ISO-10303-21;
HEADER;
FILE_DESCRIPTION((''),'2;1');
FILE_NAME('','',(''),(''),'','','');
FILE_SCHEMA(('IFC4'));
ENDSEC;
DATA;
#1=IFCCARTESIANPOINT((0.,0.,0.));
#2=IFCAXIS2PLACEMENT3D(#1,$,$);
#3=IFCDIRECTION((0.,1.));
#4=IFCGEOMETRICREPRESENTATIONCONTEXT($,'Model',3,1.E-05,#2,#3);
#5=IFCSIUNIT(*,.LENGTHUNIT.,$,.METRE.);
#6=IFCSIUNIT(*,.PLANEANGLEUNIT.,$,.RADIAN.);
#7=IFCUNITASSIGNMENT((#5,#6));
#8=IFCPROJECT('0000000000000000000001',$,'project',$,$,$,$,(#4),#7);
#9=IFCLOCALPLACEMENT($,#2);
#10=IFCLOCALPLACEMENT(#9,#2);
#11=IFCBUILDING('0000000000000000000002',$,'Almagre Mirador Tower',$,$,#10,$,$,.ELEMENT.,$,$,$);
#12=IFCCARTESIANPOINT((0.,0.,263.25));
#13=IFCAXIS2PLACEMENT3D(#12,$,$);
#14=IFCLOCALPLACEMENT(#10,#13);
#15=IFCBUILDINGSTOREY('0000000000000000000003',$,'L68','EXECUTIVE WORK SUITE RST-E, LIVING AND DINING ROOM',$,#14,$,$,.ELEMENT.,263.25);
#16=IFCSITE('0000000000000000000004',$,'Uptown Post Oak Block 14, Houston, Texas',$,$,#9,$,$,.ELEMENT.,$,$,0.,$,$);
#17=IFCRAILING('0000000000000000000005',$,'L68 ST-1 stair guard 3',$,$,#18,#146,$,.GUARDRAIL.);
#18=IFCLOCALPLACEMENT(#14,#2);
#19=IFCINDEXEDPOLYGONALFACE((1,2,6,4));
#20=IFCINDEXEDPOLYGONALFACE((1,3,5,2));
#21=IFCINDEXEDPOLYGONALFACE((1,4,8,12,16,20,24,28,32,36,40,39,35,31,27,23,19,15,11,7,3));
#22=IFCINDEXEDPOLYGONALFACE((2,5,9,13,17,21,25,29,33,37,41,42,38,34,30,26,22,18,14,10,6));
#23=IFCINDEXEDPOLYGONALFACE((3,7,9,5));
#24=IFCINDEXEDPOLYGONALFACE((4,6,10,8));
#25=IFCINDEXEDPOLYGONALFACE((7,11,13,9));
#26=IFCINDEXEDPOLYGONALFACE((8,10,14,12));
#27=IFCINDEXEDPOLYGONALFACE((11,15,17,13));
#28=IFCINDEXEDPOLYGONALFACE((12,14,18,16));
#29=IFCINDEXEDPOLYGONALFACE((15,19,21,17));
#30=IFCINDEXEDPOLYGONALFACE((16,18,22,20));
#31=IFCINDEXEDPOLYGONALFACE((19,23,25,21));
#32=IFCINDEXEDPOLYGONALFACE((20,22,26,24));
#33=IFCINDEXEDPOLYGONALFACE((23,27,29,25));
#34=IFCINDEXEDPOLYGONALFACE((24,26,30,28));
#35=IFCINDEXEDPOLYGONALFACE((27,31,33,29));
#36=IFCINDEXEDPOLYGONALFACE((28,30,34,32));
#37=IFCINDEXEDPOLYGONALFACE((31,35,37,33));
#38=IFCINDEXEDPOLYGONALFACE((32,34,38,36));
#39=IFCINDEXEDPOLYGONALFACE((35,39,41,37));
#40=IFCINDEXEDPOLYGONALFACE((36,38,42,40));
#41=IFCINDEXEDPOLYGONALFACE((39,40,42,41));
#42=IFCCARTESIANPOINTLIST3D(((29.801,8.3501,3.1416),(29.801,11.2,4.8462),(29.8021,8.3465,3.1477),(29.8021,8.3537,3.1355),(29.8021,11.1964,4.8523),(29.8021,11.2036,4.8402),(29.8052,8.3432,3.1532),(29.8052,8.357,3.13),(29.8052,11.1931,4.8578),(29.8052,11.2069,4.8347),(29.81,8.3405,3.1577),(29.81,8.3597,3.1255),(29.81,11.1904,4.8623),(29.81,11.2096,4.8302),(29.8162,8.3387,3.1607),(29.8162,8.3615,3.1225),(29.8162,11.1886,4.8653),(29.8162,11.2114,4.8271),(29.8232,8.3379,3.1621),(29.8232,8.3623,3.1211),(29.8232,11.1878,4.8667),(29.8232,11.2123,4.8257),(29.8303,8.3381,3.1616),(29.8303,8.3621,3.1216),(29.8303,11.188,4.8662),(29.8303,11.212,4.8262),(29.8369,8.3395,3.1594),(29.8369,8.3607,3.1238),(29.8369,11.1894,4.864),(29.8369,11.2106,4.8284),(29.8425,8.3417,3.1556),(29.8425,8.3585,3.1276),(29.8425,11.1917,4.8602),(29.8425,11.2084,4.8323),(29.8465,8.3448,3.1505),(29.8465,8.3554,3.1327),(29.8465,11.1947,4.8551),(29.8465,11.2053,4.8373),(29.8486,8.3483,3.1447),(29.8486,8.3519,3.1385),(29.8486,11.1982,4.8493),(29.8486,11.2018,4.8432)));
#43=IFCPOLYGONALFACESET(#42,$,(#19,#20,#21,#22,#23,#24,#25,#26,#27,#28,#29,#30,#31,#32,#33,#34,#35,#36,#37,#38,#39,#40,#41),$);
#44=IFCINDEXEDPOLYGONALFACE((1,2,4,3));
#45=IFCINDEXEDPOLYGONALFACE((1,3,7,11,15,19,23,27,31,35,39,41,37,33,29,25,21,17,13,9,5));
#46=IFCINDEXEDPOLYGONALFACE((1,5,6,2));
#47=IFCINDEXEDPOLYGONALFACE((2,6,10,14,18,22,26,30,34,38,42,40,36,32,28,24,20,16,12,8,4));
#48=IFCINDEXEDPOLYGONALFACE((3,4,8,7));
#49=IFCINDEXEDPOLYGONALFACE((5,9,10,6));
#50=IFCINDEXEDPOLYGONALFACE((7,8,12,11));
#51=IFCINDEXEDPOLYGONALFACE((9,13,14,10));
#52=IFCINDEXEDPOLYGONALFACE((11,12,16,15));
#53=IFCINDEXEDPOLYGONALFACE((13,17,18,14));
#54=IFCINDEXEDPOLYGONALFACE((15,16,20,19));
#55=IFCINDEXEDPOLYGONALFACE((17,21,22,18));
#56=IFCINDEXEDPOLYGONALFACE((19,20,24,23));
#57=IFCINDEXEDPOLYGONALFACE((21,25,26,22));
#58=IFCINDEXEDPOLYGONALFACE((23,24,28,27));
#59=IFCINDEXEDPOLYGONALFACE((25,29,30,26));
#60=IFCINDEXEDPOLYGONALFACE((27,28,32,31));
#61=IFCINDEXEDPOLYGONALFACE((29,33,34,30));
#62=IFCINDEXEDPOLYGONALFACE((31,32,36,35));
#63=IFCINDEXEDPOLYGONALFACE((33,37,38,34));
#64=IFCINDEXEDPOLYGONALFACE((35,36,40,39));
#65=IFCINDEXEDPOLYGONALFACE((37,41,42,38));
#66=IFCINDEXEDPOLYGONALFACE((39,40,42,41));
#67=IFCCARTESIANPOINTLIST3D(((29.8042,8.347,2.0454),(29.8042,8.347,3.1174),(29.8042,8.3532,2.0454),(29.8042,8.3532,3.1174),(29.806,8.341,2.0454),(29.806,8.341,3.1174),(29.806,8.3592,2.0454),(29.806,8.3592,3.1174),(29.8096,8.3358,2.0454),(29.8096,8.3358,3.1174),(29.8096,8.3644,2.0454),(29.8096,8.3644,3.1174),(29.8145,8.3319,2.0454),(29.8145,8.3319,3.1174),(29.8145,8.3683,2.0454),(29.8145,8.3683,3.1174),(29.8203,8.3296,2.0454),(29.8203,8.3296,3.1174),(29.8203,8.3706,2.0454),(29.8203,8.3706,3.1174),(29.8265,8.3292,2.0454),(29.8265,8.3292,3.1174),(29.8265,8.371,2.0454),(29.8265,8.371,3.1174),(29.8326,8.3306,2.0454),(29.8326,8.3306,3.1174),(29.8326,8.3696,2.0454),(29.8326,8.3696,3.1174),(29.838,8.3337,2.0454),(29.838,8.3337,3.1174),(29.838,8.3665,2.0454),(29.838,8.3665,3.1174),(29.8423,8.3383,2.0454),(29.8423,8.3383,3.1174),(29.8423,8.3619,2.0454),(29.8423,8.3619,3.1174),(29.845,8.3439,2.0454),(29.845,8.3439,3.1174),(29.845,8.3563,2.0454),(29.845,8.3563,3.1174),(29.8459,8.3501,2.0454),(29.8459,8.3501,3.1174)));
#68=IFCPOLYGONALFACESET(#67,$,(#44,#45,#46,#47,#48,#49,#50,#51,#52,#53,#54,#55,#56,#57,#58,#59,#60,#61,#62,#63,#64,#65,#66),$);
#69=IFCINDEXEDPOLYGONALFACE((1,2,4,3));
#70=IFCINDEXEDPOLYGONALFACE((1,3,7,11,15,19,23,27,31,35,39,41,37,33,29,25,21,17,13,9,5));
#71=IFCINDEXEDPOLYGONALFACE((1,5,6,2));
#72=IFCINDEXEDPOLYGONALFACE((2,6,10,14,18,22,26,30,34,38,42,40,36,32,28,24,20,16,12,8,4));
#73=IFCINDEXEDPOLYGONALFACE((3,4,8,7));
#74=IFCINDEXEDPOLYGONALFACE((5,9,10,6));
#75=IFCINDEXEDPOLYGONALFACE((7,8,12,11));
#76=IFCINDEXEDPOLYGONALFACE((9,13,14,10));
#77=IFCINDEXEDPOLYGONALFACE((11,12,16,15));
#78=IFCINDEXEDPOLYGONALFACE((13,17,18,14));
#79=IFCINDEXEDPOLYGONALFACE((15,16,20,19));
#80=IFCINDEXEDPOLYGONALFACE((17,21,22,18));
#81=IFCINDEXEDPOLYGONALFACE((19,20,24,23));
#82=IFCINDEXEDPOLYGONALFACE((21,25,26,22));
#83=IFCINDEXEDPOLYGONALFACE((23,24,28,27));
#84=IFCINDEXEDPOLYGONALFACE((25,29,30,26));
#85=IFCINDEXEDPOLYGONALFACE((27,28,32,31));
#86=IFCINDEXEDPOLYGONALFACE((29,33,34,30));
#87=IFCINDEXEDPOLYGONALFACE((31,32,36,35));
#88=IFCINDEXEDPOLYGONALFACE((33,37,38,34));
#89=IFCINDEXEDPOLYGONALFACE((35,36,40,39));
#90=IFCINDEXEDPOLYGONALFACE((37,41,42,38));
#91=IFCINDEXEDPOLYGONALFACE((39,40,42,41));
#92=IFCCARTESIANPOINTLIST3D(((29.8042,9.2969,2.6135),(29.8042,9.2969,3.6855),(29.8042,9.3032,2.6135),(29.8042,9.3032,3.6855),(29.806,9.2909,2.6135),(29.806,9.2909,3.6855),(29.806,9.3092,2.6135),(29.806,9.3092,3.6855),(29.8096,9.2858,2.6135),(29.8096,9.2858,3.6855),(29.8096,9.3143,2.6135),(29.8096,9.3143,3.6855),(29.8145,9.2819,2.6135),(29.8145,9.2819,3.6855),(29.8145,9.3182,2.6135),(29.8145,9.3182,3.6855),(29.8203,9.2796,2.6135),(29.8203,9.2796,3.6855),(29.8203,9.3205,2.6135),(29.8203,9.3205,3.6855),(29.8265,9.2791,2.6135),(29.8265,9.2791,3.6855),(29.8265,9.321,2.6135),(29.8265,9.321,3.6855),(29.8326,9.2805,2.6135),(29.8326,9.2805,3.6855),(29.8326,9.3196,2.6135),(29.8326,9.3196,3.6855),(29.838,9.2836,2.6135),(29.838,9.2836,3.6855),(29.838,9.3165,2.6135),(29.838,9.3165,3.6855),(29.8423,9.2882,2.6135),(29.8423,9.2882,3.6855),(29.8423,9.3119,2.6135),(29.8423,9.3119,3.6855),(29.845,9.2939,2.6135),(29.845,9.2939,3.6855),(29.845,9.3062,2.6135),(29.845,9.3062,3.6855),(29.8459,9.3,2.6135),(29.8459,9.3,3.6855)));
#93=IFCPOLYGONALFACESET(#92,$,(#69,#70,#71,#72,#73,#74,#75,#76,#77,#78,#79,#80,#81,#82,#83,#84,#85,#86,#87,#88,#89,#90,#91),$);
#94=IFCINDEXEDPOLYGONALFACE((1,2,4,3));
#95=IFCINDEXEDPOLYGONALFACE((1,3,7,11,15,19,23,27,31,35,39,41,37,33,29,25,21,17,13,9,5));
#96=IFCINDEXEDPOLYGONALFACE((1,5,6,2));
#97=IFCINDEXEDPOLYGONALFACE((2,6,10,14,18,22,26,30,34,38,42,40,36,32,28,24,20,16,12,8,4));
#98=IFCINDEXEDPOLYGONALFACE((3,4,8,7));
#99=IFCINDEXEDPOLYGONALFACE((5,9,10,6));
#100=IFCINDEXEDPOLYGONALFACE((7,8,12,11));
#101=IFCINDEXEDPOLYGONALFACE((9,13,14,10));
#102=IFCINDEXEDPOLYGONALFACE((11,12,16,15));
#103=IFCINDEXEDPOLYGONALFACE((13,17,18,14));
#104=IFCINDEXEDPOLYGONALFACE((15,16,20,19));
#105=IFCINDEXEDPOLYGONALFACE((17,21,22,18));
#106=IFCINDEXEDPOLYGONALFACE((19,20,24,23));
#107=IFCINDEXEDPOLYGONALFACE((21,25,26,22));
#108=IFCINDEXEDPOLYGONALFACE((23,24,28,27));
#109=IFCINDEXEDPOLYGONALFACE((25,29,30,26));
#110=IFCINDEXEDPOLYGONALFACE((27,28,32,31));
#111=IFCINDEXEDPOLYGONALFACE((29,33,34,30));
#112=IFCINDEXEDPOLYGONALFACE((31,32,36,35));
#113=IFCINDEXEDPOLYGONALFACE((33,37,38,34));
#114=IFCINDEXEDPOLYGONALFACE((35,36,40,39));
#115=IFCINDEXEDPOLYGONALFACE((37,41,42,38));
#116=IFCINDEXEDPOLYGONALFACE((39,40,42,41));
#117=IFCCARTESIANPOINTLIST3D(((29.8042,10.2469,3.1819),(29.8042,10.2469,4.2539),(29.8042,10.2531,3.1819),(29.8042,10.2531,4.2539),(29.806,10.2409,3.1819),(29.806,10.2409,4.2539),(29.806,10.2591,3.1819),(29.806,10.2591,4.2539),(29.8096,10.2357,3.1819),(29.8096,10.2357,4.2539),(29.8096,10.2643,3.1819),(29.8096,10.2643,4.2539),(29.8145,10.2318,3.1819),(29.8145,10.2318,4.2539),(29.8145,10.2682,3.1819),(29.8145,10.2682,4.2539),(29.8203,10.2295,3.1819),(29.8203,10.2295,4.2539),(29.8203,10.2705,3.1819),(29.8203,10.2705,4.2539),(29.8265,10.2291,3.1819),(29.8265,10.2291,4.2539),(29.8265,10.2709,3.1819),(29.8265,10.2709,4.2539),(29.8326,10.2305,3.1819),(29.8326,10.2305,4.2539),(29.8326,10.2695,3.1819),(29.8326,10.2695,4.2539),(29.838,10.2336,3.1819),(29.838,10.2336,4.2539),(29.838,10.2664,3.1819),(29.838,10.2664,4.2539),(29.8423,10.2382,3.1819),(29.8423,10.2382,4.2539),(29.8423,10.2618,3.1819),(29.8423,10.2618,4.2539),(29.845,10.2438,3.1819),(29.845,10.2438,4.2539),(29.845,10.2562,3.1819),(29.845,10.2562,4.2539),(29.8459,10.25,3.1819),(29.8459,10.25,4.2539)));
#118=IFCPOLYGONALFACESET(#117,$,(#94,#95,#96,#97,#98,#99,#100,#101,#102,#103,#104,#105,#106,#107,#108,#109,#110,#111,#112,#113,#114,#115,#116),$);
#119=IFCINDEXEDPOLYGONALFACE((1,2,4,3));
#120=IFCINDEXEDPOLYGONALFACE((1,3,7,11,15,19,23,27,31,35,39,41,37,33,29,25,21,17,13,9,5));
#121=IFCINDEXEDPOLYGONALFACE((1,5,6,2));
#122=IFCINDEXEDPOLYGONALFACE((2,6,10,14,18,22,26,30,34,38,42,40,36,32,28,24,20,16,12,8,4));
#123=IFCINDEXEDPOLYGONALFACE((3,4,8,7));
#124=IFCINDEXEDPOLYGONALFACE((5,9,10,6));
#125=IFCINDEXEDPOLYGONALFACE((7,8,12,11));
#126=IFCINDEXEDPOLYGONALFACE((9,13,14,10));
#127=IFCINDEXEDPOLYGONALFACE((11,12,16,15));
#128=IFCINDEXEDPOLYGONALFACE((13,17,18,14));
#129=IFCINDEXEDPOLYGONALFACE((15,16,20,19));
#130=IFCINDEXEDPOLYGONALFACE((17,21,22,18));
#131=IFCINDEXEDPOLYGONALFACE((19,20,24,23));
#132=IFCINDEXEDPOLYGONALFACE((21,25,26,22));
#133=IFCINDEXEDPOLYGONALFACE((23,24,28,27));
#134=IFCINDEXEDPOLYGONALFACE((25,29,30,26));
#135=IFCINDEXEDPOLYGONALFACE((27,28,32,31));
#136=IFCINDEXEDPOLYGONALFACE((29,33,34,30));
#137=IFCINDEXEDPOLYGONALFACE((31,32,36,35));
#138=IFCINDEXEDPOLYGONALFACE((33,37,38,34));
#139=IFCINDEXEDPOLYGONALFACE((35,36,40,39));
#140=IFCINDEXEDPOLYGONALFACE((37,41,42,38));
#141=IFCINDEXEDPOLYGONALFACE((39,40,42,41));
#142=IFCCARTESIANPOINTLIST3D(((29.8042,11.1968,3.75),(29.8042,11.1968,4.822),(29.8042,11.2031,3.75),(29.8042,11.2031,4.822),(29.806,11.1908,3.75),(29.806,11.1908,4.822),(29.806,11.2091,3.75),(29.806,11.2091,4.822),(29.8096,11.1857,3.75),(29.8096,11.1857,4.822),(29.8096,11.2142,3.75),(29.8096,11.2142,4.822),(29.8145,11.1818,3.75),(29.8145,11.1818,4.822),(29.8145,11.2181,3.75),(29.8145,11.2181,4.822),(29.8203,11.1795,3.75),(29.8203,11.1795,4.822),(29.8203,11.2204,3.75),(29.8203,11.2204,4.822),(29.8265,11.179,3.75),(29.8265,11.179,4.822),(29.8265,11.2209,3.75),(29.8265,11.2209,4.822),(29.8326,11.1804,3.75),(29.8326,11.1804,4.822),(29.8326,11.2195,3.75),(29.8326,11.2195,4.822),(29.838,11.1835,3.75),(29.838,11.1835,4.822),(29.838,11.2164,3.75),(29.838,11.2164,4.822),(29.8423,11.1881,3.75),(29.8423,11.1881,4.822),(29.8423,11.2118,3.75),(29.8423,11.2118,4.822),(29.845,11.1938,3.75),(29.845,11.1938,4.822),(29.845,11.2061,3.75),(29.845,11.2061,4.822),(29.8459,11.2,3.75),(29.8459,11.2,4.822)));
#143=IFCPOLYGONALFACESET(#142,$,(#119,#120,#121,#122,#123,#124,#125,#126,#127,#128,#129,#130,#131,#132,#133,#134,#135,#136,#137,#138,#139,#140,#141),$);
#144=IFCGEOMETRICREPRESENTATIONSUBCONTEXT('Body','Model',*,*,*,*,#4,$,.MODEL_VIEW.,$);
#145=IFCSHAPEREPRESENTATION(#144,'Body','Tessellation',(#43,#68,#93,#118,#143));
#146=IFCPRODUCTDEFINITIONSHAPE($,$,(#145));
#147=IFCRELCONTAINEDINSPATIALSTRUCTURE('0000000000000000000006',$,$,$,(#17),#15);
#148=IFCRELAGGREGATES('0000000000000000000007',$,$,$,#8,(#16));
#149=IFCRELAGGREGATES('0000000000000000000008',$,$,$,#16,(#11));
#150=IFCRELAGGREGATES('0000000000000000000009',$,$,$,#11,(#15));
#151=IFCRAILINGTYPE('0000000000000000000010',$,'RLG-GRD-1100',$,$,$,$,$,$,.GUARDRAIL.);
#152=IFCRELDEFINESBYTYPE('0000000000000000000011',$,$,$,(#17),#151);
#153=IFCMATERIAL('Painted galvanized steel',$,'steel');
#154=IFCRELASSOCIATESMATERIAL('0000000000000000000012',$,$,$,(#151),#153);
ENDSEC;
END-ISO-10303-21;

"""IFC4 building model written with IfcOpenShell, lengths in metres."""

from ifc_helpers import new_model, si_unit, direction, frame, origin, origin_2d, place, context, subcontext, project, spatial, circle, extrude, material, type_object, element, save


model = new_model("IFC4")

# Units and contexts
model_context = context("Model", 3, precision=1e-05, world=origin(), true_north=direction((0.0, 1.0)))
body_context = subcontext(model_context, "Body", "Model", "MODEL_VIEW")
ifc_project = project(units=[si_unit("LENGTHUNIT", "METRE"), si_unit("PLANEANGLEUNIT", "RADIAN")], contexts=[model_context])

# Site, building, storey
site_placement = place(None, origin())
site = spatial("IfcSite", under=ifc_project, at=site_placement, Name="Uptown Post Oak Block 14, Houston, Texas", CompositionType="ELEMENT", RefElevation=0.0)
building_placement = place(site_placement, origin())
building = spatial("IfcBuilding", under=site, at=building_placement, Name="Almagre Mirador Tower", CompositionType="ELEMENT")
storey_placement = place(building_placement, frame((0.0, 0.0, 263.25)))
storey = spatial("IfcBuildingStorey", under=building, at=storey_placement, Name="L68", Description="EXECUTIVE WORK SUITE RST-E, LIVING AND DINING ROOM", CompositionType="ELEMENT", Elevation=263.25)

# Railing
ifc_material_1 = material(Name="Painted galvanized steel", Category="steel")
railing_type_1 = type_object("IfcRailingType", Name="RLG-GRD-1100", PredefinedType="GUARDRAIL", material=ifc_material_1)
railing_1_placement = place(storey_placement, frame((29.825, 8.3501, 2.0454)))
element("IfcRailing", 1, at=railing_1_placement, inside=storey, type_object=railing_type_1, Name="L68 ST-1 stair guard 3", PredefinedType="GUARDRAIL", context=body_context, shape_type="SweptSolid", body=[
    extrude(circle(Radius=0.0239, at=origin_2d()), frame((0.0, 0.0, 1.0962), z_axis=(0.0, 0.858199, 0.513317), x_axis=(-1.0, 0.0, 0.0)), (0.0, 0.0, 1.0), 3.3208),
    extrude(circle(Radius=0.021, at=origin_2d()), origin(), (0.0, 0.0, 1.0), 1.072),
    extrude(circle(Radius=0.021, at=origin_2d()), frame((0.0, 0.95, 0.5681)), (0.0, 0.0, 1.0), 1.072),
    extrude(circle(Radius=0.021, at=origin_2d()), frame((0.0, 1.8999, 1.1365)), (0.0, 0.0, 1.0), 1.072),
    extrude(circle(Radius=0.021, at=origin_2d()), frame((0.0, 2.8499, 1.7046)), (0.0, 0.0, 1.0), 1.072),
])

save(model, "model.ifc")
